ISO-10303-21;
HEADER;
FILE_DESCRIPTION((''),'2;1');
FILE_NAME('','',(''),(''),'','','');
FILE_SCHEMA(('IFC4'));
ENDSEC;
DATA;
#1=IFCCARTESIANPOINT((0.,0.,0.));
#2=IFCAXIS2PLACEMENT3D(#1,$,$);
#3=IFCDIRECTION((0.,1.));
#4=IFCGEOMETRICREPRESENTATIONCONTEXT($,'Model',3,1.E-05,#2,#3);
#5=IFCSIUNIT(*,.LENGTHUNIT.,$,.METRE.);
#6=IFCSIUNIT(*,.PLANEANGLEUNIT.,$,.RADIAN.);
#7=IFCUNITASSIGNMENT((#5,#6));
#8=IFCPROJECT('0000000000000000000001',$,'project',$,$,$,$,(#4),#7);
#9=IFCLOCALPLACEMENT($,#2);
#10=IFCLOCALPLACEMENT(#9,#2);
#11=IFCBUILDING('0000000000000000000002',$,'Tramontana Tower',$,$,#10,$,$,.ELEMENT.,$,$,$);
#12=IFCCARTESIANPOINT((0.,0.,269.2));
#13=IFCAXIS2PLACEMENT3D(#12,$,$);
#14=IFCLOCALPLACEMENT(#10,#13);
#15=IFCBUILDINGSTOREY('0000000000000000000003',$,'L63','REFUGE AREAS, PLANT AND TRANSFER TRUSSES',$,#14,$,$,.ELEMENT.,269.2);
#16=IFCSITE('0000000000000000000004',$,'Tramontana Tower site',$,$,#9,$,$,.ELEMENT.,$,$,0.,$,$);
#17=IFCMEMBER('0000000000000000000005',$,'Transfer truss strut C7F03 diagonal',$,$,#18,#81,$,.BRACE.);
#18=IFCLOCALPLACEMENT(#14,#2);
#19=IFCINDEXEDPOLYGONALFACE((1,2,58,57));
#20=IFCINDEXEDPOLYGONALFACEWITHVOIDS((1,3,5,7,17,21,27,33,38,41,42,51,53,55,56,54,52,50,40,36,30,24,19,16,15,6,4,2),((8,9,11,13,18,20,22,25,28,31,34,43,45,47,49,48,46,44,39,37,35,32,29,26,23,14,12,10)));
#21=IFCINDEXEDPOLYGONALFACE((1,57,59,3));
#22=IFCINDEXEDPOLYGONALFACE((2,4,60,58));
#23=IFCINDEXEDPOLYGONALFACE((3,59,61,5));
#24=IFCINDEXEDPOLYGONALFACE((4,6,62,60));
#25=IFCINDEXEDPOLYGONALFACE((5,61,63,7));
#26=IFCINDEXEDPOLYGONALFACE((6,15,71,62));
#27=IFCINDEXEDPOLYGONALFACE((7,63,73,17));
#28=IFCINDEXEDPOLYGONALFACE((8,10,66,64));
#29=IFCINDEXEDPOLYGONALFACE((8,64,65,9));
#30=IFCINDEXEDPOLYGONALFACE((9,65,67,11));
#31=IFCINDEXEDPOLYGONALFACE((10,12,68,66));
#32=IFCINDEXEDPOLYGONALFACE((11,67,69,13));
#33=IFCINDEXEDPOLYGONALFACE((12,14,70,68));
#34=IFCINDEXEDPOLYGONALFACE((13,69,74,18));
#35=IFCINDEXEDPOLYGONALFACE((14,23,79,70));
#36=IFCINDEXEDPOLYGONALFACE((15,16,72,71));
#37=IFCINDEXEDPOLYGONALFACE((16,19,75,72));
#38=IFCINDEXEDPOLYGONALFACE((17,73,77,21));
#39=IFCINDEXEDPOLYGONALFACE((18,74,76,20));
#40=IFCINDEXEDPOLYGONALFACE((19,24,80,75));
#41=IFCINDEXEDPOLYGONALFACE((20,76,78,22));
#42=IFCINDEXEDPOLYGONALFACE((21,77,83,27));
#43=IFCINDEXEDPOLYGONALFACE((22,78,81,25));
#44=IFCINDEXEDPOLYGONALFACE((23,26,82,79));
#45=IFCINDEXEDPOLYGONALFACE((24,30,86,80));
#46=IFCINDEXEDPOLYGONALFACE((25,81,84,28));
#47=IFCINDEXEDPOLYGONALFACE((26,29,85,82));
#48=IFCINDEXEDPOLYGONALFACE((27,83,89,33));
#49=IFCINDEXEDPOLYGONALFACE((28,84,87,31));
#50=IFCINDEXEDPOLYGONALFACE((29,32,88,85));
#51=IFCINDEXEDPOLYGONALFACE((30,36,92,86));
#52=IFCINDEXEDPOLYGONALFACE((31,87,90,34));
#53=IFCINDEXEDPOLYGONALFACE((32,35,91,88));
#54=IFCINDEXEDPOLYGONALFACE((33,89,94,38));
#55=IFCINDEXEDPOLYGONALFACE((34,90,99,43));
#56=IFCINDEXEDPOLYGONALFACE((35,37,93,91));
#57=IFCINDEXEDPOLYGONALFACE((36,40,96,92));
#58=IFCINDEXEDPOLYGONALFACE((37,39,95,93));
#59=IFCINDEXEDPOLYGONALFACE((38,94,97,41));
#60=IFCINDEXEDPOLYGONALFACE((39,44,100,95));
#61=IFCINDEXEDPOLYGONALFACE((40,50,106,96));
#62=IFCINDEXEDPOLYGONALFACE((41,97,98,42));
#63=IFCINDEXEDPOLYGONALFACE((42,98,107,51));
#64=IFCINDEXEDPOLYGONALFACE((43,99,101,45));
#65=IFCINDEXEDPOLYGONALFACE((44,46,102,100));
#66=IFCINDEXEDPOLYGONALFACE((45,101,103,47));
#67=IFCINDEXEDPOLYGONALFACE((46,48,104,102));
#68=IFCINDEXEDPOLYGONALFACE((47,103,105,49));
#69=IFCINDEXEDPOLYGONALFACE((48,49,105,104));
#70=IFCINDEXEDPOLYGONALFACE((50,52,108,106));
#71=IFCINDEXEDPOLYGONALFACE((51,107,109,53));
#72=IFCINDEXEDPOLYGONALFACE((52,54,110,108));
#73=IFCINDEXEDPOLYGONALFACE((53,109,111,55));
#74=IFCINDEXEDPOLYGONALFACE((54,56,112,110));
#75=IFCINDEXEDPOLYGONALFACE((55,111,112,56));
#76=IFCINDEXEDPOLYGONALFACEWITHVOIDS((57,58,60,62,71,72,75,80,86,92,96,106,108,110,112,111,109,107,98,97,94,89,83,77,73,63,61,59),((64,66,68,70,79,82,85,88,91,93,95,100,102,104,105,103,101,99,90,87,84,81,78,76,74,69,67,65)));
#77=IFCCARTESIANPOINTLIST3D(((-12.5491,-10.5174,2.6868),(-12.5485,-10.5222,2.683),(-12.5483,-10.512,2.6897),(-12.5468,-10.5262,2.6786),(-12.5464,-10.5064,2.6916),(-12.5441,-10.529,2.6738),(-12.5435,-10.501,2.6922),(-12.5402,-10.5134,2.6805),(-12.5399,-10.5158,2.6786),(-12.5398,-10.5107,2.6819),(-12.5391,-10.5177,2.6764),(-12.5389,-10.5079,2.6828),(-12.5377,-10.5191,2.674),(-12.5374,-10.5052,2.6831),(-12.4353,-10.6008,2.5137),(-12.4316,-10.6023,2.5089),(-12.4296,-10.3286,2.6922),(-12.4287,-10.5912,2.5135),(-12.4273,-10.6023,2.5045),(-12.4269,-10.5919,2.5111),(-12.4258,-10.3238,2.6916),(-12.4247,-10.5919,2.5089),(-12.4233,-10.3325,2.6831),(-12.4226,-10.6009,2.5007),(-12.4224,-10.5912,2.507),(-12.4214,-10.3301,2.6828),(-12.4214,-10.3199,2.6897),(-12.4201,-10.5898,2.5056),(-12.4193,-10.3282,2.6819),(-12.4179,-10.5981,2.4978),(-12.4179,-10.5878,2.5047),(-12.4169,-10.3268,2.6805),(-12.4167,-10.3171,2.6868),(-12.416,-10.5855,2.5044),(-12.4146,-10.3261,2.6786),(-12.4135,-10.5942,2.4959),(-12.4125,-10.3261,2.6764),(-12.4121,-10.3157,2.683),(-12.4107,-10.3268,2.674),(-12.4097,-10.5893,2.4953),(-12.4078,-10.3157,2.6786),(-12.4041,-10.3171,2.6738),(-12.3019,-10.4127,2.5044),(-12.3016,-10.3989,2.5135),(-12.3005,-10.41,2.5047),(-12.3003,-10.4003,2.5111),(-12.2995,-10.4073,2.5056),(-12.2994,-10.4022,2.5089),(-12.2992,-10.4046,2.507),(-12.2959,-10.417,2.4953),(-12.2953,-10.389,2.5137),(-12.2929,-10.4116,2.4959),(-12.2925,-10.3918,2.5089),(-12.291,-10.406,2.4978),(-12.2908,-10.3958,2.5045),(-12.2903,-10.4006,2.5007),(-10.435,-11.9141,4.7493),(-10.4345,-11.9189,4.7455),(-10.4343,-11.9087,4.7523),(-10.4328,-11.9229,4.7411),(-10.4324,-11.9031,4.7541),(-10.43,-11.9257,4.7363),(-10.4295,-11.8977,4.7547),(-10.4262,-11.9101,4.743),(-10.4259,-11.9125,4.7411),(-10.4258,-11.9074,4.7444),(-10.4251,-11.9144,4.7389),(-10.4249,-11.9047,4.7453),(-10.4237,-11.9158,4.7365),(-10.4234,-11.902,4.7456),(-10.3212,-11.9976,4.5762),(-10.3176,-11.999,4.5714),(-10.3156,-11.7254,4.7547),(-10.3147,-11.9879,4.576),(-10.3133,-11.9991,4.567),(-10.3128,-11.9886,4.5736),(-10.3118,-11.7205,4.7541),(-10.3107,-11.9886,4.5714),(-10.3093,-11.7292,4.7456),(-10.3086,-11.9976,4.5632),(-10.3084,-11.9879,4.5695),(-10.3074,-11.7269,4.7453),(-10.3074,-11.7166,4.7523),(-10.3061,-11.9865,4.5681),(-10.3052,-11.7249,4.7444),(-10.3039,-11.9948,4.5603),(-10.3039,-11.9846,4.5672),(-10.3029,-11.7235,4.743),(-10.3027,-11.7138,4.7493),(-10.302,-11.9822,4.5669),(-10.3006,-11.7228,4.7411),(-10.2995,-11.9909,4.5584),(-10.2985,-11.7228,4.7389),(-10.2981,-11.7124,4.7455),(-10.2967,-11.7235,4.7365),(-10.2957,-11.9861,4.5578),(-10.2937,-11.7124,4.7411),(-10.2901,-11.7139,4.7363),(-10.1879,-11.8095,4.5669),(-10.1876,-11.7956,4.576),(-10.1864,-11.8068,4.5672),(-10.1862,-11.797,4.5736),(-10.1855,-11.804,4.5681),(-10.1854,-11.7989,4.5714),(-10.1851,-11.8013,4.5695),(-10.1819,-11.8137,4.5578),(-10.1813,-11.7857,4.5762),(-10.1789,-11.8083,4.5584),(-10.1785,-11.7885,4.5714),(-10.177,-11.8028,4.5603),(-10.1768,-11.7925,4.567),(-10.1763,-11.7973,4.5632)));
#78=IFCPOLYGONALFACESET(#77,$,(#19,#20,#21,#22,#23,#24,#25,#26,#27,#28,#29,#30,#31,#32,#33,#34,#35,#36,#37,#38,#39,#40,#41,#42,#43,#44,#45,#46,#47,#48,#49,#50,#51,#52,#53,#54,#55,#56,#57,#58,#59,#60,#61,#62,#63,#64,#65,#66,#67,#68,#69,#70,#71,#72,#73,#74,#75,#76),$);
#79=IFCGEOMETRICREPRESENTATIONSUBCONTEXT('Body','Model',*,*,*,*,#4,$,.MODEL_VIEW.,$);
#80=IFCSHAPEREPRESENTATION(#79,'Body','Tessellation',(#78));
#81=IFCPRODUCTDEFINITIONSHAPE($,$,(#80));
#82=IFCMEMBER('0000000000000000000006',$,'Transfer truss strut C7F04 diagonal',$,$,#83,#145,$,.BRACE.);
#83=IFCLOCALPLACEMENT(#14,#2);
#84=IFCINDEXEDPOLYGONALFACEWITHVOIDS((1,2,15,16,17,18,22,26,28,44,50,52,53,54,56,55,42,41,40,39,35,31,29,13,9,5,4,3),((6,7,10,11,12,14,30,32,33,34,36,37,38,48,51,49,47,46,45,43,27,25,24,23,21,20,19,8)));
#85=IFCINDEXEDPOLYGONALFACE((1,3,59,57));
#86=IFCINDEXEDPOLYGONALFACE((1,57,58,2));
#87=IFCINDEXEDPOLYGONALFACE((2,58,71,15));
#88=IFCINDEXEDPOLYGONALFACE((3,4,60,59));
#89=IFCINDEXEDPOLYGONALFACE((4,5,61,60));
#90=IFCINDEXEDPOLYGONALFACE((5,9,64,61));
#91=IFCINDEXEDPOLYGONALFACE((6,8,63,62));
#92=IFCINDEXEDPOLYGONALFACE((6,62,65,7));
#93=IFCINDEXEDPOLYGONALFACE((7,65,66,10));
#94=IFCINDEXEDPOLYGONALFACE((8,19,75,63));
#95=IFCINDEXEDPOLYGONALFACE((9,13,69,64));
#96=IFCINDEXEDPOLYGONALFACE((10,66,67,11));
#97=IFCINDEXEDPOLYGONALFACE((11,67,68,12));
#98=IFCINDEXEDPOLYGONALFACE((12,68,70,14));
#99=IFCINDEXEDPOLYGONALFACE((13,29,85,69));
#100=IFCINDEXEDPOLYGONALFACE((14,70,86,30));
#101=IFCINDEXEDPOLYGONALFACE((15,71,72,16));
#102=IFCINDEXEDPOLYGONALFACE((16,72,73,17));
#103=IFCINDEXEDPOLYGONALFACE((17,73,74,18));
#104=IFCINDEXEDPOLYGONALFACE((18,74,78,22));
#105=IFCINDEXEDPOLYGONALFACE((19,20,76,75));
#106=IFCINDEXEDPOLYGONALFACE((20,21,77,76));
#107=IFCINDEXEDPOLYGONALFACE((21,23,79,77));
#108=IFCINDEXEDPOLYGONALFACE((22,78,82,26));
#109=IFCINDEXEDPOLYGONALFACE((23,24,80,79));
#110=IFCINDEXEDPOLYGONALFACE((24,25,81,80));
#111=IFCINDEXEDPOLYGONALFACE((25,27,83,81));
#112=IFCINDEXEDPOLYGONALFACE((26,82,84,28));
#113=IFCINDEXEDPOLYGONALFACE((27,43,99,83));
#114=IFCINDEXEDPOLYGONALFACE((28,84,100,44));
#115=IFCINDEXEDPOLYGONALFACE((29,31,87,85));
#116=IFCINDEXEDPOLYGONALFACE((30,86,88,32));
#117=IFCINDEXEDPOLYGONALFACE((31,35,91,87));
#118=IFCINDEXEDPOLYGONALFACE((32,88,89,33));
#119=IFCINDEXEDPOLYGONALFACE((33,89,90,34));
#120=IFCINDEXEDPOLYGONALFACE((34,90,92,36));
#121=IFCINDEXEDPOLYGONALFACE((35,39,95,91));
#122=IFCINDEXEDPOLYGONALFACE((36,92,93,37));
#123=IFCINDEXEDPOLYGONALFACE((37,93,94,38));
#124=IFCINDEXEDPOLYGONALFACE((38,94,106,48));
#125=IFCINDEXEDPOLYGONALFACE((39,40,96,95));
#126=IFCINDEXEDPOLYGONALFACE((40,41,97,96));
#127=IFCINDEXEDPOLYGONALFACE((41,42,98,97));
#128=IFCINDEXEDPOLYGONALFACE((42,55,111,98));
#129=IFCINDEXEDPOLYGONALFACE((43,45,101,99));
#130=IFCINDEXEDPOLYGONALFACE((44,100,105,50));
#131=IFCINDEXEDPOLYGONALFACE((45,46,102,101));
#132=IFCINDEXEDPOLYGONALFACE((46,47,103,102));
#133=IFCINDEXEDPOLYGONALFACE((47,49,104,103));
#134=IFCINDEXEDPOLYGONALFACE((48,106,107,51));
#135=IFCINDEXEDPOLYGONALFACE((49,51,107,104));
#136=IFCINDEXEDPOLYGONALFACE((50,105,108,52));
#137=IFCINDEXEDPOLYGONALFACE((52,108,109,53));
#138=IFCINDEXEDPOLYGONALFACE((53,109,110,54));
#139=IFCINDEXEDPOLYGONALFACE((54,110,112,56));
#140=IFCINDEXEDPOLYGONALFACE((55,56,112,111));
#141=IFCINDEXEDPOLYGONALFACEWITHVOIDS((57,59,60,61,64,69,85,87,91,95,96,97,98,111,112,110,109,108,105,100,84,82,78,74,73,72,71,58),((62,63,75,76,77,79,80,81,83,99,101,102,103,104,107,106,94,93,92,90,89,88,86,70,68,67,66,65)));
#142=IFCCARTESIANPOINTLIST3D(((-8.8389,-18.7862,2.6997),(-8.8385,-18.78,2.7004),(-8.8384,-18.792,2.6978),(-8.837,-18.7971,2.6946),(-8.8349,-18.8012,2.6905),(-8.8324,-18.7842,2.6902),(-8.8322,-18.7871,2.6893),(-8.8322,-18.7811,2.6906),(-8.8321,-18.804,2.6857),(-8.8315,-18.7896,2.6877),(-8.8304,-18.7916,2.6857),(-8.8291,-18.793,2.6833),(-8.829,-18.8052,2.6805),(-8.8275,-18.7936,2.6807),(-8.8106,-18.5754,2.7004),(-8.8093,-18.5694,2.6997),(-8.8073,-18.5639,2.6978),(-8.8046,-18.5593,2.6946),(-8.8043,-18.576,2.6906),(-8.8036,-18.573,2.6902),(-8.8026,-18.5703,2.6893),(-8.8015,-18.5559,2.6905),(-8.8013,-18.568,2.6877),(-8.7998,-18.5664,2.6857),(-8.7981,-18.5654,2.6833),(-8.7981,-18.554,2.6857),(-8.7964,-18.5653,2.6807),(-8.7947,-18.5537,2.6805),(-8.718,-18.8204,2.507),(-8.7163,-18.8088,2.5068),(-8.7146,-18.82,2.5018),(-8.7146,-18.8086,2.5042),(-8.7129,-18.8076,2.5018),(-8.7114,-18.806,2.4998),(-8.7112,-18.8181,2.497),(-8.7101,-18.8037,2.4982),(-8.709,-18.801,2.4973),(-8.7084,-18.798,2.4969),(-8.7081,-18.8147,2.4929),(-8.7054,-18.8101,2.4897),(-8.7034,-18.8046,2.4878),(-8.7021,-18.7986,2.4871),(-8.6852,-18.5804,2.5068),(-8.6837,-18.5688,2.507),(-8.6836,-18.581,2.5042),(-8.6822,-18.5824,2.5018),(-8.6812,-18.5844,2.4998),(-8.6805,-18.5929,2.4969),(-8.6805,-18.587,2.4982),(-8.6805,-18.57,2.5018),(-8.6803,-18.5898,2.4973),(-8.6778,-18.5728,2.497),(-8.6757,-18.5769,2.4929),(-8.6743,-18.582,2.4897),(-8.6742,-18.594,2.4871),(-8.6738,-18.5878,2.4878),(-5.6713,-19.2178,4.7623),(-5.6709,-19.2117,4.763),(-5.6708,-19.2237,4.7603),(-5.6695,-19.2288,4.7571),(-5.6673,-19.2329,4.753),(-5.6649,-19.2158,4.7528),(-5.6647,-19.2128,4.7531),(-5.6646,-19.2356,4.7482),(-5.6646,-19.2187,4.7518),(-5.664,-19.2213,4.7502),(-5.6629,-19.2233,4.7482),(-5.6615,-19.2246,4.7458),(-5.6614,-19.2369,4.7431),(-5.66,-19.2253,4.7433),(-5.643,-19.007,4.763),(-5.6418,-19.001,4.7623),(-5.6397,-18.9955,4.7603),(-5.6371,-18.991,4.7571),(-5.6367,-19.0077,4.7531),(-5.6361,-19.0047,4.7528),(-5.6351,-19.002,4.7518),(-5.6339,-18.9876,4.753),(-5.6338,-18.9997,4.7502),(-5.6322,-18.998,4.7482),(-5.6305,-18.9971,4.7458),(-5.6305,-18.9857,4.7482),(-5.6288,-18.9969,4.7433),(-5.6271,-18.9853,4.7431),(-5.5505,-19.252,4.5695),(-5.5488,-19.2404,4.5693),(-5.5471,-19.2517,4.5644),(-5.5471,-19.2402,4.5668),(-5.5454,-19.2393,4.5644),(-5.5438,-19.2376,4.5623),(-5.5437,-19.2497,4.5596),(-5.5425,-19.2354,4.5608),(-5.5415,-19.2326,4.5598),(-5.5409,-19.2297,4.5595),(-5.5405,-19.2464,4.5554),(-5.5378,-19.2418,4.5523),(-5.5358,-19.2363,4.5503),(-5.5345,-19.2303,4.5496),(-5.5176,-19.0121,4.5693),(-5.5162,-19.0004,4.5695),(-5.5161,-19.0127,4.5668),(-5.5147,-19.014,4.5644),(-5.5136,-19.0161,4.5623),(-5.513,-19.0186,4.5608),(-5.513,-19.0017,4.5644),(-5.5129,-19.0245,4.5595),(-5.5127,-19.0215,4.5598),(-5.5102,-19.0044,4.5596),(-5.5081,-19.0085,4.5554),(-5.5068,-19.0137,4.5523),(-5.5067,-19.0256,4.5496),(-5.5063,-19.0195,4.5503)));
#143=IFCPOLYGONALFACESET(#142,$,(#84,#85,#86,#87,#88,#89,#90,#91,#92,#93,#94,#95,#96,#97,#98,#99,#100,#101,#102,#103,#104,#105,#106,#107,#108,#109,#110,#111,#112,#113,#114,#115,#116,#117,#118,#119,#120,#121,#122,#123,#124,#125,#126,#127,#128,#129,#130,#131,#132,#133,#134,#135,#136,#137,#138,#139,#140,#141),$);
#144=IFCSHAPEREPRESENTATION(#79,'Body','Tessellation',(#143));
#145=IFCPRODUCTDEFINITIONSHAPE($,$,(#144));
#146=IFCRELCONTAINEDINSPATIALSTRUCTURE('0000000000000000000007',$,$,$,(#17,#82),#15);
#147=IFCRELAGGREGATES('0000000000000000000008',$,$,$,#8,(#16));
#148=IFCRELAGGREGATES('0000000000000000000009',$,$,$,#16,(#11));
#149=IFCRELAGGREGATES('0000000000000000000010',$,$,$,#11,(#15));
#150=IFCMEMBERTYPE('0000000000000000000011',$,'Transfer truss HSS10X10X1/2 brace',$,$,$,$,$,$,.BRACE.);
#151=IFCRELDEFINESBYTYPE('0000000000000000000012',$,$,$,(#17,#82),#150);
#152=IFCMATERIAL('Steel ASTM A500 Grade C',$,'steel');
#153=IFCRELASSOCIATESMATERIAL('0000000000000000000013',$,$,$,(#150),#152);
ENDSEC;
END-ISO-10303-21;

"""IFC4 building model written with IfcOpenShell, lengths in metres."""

from ifc_helpers import new_model, si_unit, direction, frame, origin, origin_2d, place, context, subcontext, project, spatial, hollow_rectangle, extrude, material, material_profile, profile_set, type_object, element, save


model = new_model("IFC4")

# Units and contexts
model_context = context("Model", 3, precision=1e-05, world=origin(), true_north=direction((0.0, 1.0)))
body_context = subcontext(model_context, "Body", "Model", "MODEL_VIEW")
ifc_project = project(units=[si_unit("LENGTHUNIT", "METRE"), si_unit("PLANEANGLEUNIT", "RADIAN")], contexts=[model_context])

# Site, building, storey
site_placement = place(None, origin())
site = spatial("IfcSite", under=ifc_project, at=site_placement, Name="Tramontana Tower site", CompositionType="ELEMENT", RefElevation=0.0)
building_placement = place(site_placement, origin())
building = spatial("IfcBuilding", under=site, at=building_placement, Name="Tramontana Tower", CompositionType="ELEMENT")
storey_placement = place(building_placement, frame((0.0, 0.0, 269.2)))
storey = spatial("IfcBuildingStorey", under=building, at=storey_placement, Name="L63", Description="REFUGE AREAS, PLANT AND TRANSFER TRUSSES", CompositionType="ELEMENT", Elevation=269.2)

# Members
ifc_material_1 = material(Name="Steel ASTM A500 Grade C", Category="steel")
ifc_material_profile_1 = material_profile(ifc_material_1, hollow_rectangle(XDim=0.2539, YDim=0.2539, WallThickness=0.0117, InnerFilletRadius=0.0117, OuterFilletRadius=0.0237, at=origin_2d()), Name="HSS10X10X1/2")
ifc_profile_set_1 = profile_set([ifc_material_profile_1], Name="Steel ASTM A500 Grade C")
member_type_1 = type_object("IfcMemberType", Name="Transfer truss HSS10X10X1/2 brace", PredefinedType="BRACE", material=ifc_profile_set_1)
member_1_placement = place(storey_placement, frame((-12.4197, -10.459, 2.5938), z_axis=(0.647065, -0.427516, 0.631298), x_axis=(0.551249, 0.834341, 0.0)))
element("IfcMember", 1, at=member_1_placement, inside=storey, type_object=member_type_1, Name="Transfer truss strut C7F03 diagonal", PredefinedType="BRACE", context=body_context, shape_type="SweptSolid", body=[
    extrude(hollow_rectangle(XDim=0.2539, YDim=0.2539, WallThickness=0.0117, InnerFilletRadius=0.0117, OuterFilletRadius=0.0237, at=origin_2d()), origin(), (0.0, 0.0, 1.0), 3.2671),
])
member_2_placement = place(storey_placement, frame((-8.7563, -18.687, 2.5938), z_axis=(0.832592, -0.113459, 0.542141), x_axis=(0.135025, 0.990842, 0.0)))
element("IfcMember", 2, at=member_2_placement, inside=storey, type_object=member_type_1, Name="Transfer truss strut C7F04 diagonal", PredefinedType="BRACE", context=body_context, shape_type="SweptSolid", body=[
    extrude(hollow_rectangle(XDim=0.2539, YDim=0.2539, WallThickness=0.0117, InnerFilletRadius=0.0117, OuterFilletRadius=0.0237, at=origin_2d()), origin(), (0.0, 0.0, 1.0), 3.8044),
])

save(model, "model.ifc")
